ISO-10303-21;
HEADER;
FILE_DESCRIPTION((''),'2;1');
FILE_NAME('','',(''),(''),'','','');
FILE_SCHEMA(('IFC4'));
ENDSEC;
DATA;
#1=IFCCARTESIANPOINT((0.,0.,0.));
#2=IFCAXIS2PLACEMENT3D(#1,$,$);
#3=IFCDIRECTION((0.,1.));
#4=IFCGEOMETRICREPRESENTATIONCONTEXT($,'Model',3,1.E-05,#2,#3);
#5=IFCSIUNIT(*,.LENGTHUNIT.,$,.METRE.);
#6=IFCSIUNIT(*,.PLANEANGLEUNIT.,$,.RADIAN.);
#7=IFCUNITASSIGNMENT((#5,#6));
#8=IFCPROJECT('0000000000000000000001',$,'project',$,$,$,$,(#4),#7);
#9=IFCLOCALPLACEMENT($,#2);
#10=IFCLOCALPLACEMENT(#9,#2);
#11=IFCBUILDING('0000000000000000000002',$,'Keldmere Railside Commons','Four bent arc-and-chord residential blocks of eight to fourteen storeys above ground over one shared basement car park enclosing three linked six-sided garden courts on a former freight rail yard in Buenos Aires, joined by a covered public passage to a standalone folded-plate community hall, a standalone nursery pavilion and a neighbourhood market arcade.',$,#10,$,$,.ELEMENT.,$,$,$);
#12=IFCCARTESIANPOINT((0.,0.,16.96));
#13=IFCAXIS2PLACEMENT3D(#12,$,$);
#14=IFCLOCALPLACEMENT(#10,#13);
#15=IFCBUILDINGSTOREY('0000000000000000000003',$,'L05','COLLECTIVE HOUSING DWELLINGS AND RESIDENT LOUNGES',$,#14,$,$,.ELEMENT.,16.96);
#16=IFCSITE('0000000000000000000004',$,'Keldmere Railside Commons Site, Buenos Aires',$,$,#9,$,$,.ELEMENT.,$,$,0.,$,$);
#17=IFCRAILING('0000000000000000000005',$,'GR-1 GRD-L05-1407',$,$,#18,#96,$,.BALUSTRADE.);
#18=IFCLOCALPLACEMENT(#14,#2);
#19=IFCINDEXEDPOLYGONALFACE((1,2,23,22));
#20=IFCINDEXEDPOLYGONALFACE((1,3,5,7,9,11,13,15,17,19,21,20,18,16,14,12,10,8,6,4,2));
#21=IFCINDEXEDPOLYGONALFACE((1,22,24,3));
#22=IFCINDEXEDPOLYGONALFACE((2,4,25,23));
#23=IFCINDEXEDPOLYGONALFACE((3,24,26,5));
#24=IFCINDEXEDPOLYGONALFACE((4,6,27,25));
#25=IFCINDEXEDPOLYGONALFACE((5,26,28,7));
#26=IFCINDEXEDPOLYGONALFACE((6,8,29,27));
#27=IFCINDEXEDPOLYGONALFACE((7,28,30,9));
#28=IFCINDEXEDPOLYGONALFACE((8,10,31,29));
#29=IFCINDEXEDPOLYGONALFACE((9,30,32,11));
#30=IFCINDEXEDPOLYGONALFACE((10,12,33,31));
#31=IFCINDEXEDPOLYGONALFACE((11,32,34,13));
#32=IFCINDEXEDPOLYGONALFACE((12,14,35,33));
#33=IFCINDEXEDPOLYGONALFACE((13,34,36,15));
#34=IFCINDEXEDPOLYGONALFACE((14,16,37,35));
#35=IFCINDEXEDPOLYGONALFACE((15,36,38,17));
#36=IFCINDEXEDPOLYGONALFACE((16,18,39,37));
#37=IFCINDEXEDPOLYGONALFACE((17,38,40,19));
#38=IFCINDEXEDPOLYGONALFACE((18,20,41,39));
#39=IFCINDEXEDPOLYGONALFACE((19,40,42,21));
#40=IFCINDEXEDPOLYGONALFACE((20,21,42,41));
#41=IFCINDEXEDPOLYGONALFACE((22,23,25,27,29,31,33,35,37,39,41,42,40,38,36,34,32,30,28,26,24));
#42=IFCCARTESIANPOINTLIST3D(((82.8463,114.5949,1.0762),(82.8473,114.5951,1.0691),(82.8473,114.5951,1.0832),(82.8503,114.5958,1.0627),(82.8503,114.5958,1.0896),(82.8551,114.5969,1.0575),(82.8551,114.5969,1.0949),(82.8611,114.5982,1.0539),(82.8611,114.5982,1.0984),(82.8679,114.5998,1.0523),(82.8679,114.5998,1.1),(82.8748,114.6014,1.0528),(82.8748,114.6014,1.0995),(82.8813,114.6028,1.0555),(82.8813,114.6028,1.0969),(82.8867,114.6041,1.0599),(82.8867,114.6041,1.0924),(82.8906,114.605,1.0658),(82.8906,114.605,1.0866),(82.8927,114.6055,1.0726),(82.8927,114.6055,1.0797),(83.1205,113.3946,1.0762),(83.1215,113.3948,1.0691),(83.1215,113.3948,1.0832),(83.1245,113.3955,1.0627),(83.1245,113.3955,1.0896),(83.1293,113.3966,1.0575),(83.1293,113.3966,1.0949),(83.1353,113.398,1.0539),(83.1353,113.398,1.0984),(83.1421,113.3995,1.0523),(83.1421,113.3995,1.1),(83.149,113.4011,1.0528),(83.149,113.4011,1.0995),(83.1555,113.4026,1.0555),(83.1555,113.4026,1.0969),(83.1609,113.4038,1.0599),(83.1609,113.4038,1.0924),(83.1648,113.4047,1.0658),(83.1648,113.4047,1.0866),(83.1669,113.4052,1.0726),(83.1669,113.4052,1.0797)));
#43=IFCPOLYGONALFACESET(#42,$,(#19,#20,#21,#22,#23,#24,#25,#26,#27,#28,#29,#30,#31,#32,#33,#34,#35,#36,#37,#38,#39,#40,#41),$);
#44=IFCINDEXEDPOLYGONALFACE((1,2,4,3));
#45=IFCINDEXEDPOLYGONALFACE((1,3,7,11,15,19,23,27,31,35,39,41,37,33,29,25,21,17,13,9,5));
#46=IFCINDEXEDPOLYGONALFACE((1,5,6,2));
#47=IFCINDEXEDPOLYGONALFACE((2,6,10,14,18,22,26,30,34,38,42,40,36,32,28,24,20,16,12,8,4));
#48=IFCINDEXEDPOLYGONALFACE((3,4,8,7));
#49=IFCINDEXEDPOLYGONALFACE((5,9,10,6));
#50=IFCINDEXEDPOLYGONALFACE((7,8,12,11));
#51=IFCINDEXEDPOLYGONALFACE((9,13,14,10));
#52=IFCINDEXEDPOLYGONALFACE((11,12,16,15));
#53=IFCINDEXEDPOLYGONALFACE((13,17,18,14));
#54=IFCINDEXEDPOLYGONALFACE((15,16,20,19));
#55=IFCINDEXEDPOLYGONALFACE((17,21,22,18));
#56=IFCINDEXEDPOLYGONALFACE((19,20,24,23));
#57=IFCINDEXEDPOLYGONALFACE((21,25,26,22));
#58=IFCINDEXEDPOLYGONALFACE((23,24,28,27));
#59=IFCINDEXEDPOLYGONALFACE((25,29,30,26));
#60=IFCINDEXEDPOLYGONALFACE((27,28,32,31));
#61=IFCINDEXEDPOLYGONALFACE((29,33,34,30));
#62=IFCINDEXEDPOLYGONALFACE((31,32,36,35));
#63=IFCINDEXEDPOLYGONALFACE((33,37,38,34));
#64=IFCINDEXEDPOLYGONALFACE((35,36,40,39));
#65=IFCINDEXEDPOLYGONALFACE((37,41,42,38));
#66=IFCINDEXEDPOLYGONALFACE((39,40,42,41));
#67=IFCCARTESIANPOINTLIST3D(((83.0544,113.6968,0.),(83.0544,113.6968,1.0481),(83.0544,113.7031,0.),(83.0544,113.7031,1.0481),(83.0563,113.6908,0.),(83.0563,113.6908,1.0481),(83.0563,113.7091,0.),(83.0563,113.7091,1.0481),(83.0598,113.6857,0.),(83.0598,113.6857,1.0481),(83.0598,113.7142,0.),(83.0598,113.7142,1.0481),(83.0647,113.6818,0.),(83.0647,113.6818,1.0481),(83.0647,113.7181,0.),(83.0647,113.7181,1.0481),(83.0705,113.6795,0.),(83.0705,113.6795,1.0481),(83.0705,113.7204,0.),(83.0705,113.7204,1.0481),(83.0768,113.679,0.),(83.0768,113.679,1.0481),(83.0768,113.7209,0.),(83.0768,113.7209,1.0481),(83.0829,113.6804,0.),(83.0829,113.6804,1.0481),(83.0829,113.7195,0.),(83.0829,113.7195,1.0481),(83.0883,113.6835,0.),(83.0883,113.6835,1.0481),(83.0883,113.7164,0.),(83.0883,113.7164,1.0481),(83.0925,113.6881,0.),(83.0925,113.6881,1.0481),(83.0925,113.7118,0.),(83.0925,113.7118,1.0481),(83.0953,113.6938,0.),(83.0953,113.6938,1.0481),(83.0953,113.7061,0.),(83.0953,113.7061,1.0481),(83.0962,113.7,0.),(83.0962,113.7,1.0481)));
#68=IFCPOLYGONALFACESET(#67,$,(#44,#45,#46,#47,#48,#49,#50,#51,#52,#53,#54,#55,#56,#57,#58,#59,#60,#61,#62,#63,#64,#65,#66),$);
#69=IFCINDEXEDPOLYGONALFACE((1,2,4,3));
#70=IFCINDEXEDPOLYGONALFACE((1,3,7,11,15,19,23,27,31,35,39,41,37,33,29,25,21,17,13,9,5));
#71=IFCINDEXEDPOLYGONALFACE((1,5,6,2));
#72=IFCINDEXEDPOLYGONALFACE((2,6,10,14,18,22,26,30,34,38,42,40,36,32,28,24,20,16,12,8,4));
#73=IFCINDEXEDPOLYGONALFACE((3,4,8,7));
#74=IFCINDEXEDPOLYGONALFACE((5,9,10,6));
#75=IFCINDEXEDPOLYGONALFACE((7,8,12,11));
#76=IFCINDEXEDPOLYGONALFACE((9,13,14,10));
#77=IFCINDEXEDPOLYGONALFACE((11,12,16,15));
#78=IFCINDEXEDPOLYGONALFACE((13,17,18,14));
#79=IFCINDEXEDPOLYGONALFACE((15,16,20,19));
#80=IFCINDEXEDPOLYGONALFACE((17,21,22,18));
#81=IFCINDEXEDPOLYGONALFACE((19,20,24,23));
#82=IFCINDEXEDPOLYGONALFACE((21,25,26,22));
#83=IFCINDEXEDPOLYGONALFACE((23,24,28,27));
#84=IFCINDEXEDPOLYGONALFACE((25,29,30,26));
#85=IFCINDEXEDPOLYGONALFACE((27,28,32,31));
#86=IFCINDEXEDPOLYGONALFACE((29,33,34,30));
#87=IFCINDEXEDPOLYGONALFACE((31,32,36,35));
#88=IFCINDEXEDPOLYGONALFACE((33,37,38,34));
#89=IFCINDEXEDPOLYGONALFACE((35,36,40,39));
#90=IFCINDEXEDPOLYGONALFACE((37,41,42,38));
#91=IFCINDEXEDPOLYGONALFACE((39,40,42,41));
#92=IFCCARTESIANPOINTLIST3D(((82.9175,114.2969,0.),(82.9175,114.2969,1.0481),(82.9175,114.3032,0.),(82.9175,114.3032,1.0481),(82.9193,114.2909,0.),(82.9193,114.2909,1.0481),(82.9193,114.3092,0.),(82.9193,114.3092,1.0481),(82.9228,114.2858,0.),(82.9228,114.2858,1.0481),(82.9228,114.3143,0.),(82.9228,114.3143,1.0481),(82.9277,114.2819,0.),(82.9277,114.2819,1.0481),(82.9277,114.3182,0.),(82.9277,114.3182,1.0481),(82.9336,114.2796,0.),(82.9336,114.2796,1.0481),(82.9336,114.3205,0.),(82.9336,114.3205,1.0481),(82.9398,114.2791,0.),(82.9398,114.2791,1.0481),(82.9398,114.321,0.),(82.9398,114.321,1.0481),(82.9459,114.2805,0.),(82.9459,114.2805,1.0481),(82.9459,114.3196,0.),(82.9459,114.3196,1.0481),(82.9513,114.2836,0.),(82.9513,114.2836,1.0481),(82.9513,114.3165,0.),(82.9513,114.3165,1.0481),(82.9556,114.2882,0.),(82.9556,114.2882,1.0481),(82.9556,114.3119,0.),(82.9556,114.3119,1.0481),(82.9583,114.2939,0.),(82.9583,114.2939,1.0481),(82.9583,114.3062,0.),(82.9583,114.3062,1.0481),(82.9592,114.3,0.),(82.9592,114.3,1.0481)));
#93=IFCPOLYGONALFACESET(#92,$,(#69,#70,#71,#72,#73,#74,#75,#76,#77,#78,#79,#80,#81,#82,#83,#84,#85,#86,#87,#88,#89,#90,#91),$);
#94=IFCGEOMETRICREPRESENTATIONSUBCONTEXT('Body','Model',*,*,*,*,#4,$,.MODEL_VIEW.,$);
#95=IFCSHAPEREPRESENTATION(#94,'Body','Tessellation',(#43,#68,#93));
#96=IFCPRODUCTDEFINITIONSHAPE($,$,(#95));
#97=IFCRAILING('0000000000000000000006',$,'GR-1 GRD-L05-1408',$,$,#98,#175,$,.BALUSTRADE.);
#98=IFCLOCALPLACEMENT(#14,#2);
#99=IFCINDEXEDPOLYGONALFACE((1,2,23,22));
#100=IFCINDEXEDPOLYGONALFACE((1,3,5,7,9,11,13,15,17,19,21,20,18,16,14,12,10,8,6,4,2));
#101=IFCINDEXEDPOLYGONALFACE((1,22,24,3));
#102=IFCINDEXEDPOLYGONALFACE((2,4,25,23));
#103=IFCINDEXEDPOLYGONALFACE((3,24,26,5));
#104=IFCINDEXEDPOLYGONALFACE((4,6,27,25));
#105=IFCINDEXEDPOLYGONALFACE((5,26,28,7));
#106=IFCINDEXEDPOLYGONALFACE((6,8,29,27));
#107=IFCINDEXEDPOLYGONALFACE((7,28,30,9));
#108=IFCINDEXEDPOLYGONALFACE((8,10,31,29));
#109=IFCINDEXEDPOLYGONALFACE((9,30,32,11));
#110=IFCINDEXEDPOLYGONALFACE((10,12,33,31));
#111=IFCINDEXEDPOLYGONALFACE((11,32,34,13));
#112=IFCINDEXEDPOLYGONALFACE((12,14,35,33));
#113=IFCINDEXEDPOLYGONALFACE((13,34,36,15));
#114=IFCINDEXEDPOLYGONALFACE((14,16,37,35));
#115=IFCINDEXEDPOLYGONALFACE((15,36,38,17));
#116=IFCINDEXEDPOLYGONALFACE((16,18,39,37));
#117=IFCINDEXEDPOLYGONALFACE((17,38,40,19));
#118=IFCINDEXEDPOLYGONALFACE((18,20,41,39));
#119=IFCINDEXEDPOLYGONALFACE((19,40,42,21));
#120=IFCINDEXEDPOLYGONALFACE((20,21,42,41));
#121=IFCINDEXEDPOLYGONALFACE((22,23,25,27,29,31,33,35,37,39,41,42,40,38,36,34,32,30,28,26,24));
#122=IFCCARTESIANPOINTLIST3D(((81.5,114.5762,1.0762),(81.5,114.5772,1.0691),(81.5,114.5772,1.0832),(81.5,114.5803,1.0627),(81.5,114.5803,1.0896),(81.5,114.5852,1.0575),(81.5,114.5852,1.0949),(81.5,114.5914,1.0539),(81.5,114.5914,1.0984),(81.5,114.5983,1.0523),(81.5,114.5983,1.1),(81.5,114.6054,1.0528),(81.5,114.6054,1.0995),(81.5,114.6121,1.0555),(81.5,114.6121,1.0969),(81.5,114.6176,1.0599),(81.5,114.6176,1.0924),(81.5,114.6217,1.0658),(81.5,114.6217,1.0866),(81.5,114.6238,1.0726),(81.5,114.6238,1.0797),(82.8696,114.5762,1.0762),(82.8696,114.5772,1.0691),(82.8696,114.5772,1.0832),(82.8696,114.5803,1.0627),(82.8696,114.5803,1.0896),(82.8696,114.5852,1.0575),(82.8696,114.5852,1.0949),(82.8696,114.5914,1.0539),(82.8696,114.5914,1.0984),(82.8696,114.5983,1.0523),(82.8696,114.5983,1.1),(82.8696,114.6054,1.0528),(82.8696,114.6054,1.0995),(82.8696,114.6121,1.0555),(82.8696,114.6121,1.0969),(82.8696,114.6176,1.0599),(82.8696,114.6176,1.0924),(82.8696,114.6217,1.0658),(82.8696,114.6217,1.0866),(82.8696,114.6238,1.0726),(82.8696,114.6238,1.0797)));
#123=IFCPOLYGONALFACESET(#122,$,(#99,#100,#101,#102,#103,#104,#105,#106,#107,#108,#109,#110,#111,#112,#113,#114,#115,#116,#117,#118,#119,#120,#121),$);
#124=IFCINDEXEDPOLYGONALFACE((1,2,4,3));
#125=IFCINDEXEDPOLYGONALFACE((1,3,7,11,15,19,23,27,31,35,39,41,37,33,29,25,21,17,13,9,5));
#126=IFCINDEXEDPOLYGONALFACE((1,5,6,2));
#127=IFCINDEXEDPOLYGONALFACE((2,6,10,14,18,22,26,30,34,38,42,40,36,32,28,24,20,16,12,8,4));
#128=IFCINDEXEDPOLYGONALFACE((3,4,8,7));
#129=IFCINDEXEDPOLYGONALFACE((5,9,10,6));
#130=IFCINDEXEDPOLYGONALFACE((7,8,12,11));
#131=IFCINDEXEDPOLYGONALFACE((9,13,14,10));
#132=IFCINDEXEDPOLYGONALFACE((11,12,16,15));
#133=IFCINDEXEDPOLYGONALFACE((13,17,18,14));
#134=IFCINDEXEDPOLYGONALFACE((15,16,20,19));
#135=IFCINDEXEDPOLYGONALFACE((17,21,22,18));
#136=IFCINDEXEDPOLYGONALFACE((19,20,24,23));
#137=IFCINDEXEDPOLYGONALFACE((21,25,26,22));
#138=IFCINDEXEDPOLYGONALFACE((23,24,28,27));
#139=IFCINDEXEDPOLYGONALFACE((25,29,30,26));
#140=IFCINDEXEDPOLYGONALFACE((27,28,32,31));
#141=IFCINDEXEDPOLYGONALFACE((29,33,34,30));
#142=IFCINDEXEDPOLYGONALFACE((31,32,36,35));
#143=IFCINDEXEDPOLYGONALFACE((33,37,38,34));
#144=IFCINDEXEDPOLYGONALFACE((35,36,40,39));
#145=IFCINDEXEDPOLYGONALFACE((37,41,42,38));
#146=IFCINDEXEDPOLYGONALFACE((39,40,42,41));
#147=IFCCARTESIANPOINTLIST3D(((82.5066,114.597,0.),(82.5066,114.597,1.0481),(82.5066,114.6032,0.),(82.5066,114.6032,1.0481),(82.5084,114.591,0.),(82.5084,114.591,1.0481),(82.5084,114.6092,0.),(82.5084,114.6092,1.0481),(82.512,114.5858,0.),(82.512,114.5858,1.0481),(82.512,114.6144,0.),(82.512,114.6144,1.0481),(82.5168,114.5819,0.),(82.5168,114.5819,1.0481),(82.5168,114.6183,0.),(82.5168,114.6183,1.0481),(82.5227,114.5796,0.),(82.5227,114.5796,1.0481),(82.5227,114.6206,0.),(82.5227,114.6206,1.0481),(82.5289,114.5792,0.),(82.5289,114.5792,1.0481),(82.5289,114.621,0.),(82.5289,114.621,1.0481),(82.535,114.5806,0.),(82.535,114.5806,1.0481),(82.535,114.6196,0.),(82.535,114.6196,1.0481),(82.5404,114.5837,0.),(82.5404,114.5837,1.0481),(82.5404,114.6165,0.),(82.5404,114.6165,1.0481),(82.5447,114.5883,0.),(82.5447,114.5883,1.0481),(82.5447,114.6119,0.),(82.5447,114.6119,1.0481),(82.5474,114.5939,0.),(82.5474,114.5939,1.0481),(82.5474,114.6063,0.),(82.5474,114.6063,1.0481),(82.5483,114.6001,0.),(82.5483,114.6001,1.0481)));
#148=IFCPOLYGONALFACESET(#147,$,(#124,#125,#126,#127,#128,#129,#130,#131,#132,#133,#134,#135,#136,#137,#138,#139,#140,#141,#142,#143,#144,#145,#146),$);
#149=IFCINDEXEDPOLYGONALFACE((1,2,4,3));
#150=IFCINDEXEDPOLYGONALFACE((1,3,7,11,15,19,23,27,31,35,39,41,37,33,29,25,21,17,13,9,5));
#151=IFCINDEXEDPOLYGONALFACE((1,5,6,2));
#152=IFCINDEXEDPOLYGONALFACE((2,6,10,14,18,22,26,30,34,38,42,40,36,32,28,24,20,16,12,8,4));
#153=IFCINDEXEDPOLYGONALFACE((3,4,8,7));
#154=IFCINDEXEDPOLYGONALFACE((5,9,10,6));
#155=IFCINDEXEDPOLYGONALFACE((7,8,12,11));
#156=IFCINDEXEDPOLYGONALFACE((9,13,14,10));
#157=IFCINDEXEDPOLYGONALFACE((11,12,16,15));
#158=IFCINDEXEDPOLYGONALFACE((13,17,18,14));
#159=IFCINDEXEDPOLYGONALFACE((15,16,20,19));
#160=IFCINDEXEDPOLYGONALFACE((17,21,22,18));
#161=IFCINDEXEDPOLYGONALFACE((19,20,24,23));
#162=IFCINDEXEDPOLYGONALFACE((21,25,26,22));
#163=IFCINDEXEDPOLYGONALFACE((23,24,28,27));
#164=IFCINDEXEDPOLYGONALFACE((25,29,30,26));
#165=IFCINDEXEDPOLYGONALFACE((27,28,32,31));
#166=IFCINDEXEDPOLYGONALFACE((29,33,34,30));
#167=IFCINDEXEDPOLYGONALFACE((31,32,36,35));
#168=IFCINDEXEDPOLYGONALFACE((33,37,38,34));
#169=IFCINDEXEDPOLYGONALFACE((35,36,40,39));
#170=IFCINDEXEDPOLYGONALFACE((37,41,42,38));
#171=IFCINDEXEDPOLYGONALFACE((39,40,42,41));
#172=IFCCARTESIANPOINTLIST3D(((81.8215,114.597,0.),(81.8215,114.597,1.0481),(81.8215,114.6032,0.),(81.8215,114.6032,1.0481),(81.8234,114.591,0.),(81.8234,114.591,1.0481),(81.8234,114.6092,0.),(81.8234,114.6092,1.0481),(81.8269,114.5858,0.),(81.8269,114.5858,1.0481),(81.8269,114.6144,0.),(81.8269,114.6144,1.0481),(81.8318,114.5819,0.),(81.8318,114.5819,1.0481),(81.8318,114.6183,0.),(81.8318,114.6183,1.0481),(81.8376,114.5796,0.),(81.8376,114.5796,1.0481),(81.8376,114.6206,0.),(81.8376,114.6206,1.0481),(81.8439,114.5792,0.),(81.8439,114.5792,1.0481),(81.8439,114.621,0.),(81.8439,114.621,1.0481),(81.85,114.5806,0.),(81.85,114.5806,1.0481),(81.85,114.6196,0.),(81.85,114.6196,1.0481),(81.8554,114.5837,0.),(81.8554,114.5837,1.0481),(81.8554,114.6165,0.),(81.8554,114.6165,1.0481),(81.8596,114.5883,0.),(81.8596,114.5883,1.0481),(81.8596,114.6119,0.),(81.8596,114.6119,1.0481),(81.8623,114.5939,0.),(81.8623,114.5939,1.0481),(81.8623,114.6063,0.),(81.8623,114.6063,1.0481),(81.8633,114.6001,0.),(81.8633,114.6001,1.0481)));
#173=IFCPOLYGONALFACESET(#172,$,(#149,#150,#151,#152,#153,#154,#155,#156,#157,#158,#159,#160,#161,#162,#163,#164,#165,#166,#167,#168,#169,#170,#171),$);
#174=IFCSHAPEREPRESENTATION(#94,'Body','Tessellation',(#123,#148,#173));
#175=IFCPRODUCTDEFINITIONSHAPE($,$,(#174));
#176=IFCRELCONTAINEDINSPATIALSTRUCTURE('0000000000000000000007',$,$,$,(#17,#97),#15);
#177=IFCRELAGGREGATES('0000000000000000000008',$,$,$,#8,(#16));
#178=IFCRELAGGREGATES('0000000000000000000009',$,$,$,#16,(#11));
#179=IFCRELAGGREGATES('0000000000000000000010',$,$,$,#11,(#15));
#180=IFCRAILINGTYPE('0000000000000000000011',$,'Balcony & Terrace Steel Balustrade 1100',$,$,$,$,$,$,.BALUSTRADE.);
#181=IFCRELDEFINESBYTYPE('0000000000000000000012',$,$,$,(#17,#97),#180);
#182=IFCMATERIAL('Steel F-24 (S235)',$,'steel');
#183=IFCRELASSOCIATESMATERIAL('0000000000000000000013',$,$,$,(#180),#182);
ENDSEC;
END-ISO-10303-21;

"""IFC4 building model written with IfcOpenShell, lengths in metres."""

from ifc_helpers import new_model, si_unit, direction, frame, origin, origin_2d, place, context, subcontext, project, spatial, circle, extrude, material, type_object, element, save


model = new_model("IFC4")

# Units and contexts
model_context = context("Model", 3, precision=1e-05, world=origin(), true_north=direction((0.0, 1.0)))
body_context = subcontext(model_context, "Body", "Model", "MODEL_VIEW")
ifc_project = project(units=[si_unit("LENGTHUNIT", "METRE"), si_unit("PLANEANGLEUNIT", "RADIAN")], contexts=[model_context])

# Site, building, storey
site_placement = place(None, origin())
site = spatial("IfcSite", under=ifc_project, at=site_placement, Name="Keldmere Railside Commons Site, Buenos Aires", CompositionType="ELEMENT", RefElevation=0.0)
building_placement = place(site_placement, origin())
building = spatial("IfcBuilding", under=site, at=building_placement, Name="Keldmere Railside Commons", Description="Four bent arc-and-chord residential blocks of eight to fourteen storeys above ground over one shared basement car park enclosing three linked six-sided garden courts on a former freight rail yard in Buenos Aires, joined by a covered public passage to a standalone folded-plate community hall, a standalone nursery pavilion and a neighbourhood market arcade.", CompositionType="ELEMENT")
storey_placement = place(building_placement, frame((0.0, 0.0, 16.96)))
storey = spatial("IfcBuildingStorey", under=building, at=storey_placement, Name="L05", Description="COLLECTIVE HOUSING DWELLINGS AND RESIDENT LOUNGES", CompositionType="ELEMENT", Elevation=16.96)

# Shared definitions
ifc_material_1 = material(Name="Steel F-24 (S235)", Category="steel")

# Railings
railing_type_1 = type_object("IfcRailingType", Name="Balcony & Terrace Steel Balustrade 1100", PredefinedType="BALUSTRADE", material=ifc_material_1)
railing_1_placement = place(storey_placement, frame((83.1438, 113.3999, 0.0)))
element("IfcRailing", 1, at=railing_1_placement, inside=storey, type_object=railing_type_1, Name="GR-1 GRD-L05-1407", PredefinedType="BALUSTRADE", context=body_context, shape_type="SweptSolid", body=[
    extrude(circle(Radius=0.0239, at=origin_2d()), frame((0.0, 0.0, 1.0762), z_axis=(-0.222701, 0.974887, 0.0), x_axis=(-0.974887, -0.222701, 0.0)), (0.0, 0.0, 1.0), 1.2312),
    extrude(circle(Radius=0.021, at=origin_2d()), frame((-0.0686, 0.3, 0.0)), (0.0, 0.0, 1.0), 1.0481),
    extrude(circle(Radius=0.021, at=origin_2d()), frame((-0.2056, 0.9001, 0.0)), (0.0, 0.0, 1.0), 1.0481),
])
railing_2_placement = place(storey_placement, frame((82.8696, 114.6001, 0.0)))
element("IfcRailing", 2, at=railing_2_placement, inside=storey, type_object=railing_type_1, Name="GR-1 GRD-L05-1408", PredefinedType="BALUSTRADE", context=body_context, shape_type="SweptSolid", body=[
    extrude(circle(Radius=0.0239, at=origin_2d()), frame((0.0, 0.0, 1.0762), z_axis=(-1.0, 0.0, 0.0), x_axis=(0.0, -1.0, 0.0)), (0.0, 0.0, 1.0), 1.3696),
    extrude(circle(Radius=0.021, at=origin_2d()), frame((-0.3423, 0.0, 0.0)), (0.0, 0.0, 1.0), 1.0481),
    extrude(circle(Radius=0.021, at=origin_2d()), frame((-1.0273, 0.0, 0.0)), (0.0, 0.0, 1.0), 1.0481),
])

save(model, "model.ifc")
